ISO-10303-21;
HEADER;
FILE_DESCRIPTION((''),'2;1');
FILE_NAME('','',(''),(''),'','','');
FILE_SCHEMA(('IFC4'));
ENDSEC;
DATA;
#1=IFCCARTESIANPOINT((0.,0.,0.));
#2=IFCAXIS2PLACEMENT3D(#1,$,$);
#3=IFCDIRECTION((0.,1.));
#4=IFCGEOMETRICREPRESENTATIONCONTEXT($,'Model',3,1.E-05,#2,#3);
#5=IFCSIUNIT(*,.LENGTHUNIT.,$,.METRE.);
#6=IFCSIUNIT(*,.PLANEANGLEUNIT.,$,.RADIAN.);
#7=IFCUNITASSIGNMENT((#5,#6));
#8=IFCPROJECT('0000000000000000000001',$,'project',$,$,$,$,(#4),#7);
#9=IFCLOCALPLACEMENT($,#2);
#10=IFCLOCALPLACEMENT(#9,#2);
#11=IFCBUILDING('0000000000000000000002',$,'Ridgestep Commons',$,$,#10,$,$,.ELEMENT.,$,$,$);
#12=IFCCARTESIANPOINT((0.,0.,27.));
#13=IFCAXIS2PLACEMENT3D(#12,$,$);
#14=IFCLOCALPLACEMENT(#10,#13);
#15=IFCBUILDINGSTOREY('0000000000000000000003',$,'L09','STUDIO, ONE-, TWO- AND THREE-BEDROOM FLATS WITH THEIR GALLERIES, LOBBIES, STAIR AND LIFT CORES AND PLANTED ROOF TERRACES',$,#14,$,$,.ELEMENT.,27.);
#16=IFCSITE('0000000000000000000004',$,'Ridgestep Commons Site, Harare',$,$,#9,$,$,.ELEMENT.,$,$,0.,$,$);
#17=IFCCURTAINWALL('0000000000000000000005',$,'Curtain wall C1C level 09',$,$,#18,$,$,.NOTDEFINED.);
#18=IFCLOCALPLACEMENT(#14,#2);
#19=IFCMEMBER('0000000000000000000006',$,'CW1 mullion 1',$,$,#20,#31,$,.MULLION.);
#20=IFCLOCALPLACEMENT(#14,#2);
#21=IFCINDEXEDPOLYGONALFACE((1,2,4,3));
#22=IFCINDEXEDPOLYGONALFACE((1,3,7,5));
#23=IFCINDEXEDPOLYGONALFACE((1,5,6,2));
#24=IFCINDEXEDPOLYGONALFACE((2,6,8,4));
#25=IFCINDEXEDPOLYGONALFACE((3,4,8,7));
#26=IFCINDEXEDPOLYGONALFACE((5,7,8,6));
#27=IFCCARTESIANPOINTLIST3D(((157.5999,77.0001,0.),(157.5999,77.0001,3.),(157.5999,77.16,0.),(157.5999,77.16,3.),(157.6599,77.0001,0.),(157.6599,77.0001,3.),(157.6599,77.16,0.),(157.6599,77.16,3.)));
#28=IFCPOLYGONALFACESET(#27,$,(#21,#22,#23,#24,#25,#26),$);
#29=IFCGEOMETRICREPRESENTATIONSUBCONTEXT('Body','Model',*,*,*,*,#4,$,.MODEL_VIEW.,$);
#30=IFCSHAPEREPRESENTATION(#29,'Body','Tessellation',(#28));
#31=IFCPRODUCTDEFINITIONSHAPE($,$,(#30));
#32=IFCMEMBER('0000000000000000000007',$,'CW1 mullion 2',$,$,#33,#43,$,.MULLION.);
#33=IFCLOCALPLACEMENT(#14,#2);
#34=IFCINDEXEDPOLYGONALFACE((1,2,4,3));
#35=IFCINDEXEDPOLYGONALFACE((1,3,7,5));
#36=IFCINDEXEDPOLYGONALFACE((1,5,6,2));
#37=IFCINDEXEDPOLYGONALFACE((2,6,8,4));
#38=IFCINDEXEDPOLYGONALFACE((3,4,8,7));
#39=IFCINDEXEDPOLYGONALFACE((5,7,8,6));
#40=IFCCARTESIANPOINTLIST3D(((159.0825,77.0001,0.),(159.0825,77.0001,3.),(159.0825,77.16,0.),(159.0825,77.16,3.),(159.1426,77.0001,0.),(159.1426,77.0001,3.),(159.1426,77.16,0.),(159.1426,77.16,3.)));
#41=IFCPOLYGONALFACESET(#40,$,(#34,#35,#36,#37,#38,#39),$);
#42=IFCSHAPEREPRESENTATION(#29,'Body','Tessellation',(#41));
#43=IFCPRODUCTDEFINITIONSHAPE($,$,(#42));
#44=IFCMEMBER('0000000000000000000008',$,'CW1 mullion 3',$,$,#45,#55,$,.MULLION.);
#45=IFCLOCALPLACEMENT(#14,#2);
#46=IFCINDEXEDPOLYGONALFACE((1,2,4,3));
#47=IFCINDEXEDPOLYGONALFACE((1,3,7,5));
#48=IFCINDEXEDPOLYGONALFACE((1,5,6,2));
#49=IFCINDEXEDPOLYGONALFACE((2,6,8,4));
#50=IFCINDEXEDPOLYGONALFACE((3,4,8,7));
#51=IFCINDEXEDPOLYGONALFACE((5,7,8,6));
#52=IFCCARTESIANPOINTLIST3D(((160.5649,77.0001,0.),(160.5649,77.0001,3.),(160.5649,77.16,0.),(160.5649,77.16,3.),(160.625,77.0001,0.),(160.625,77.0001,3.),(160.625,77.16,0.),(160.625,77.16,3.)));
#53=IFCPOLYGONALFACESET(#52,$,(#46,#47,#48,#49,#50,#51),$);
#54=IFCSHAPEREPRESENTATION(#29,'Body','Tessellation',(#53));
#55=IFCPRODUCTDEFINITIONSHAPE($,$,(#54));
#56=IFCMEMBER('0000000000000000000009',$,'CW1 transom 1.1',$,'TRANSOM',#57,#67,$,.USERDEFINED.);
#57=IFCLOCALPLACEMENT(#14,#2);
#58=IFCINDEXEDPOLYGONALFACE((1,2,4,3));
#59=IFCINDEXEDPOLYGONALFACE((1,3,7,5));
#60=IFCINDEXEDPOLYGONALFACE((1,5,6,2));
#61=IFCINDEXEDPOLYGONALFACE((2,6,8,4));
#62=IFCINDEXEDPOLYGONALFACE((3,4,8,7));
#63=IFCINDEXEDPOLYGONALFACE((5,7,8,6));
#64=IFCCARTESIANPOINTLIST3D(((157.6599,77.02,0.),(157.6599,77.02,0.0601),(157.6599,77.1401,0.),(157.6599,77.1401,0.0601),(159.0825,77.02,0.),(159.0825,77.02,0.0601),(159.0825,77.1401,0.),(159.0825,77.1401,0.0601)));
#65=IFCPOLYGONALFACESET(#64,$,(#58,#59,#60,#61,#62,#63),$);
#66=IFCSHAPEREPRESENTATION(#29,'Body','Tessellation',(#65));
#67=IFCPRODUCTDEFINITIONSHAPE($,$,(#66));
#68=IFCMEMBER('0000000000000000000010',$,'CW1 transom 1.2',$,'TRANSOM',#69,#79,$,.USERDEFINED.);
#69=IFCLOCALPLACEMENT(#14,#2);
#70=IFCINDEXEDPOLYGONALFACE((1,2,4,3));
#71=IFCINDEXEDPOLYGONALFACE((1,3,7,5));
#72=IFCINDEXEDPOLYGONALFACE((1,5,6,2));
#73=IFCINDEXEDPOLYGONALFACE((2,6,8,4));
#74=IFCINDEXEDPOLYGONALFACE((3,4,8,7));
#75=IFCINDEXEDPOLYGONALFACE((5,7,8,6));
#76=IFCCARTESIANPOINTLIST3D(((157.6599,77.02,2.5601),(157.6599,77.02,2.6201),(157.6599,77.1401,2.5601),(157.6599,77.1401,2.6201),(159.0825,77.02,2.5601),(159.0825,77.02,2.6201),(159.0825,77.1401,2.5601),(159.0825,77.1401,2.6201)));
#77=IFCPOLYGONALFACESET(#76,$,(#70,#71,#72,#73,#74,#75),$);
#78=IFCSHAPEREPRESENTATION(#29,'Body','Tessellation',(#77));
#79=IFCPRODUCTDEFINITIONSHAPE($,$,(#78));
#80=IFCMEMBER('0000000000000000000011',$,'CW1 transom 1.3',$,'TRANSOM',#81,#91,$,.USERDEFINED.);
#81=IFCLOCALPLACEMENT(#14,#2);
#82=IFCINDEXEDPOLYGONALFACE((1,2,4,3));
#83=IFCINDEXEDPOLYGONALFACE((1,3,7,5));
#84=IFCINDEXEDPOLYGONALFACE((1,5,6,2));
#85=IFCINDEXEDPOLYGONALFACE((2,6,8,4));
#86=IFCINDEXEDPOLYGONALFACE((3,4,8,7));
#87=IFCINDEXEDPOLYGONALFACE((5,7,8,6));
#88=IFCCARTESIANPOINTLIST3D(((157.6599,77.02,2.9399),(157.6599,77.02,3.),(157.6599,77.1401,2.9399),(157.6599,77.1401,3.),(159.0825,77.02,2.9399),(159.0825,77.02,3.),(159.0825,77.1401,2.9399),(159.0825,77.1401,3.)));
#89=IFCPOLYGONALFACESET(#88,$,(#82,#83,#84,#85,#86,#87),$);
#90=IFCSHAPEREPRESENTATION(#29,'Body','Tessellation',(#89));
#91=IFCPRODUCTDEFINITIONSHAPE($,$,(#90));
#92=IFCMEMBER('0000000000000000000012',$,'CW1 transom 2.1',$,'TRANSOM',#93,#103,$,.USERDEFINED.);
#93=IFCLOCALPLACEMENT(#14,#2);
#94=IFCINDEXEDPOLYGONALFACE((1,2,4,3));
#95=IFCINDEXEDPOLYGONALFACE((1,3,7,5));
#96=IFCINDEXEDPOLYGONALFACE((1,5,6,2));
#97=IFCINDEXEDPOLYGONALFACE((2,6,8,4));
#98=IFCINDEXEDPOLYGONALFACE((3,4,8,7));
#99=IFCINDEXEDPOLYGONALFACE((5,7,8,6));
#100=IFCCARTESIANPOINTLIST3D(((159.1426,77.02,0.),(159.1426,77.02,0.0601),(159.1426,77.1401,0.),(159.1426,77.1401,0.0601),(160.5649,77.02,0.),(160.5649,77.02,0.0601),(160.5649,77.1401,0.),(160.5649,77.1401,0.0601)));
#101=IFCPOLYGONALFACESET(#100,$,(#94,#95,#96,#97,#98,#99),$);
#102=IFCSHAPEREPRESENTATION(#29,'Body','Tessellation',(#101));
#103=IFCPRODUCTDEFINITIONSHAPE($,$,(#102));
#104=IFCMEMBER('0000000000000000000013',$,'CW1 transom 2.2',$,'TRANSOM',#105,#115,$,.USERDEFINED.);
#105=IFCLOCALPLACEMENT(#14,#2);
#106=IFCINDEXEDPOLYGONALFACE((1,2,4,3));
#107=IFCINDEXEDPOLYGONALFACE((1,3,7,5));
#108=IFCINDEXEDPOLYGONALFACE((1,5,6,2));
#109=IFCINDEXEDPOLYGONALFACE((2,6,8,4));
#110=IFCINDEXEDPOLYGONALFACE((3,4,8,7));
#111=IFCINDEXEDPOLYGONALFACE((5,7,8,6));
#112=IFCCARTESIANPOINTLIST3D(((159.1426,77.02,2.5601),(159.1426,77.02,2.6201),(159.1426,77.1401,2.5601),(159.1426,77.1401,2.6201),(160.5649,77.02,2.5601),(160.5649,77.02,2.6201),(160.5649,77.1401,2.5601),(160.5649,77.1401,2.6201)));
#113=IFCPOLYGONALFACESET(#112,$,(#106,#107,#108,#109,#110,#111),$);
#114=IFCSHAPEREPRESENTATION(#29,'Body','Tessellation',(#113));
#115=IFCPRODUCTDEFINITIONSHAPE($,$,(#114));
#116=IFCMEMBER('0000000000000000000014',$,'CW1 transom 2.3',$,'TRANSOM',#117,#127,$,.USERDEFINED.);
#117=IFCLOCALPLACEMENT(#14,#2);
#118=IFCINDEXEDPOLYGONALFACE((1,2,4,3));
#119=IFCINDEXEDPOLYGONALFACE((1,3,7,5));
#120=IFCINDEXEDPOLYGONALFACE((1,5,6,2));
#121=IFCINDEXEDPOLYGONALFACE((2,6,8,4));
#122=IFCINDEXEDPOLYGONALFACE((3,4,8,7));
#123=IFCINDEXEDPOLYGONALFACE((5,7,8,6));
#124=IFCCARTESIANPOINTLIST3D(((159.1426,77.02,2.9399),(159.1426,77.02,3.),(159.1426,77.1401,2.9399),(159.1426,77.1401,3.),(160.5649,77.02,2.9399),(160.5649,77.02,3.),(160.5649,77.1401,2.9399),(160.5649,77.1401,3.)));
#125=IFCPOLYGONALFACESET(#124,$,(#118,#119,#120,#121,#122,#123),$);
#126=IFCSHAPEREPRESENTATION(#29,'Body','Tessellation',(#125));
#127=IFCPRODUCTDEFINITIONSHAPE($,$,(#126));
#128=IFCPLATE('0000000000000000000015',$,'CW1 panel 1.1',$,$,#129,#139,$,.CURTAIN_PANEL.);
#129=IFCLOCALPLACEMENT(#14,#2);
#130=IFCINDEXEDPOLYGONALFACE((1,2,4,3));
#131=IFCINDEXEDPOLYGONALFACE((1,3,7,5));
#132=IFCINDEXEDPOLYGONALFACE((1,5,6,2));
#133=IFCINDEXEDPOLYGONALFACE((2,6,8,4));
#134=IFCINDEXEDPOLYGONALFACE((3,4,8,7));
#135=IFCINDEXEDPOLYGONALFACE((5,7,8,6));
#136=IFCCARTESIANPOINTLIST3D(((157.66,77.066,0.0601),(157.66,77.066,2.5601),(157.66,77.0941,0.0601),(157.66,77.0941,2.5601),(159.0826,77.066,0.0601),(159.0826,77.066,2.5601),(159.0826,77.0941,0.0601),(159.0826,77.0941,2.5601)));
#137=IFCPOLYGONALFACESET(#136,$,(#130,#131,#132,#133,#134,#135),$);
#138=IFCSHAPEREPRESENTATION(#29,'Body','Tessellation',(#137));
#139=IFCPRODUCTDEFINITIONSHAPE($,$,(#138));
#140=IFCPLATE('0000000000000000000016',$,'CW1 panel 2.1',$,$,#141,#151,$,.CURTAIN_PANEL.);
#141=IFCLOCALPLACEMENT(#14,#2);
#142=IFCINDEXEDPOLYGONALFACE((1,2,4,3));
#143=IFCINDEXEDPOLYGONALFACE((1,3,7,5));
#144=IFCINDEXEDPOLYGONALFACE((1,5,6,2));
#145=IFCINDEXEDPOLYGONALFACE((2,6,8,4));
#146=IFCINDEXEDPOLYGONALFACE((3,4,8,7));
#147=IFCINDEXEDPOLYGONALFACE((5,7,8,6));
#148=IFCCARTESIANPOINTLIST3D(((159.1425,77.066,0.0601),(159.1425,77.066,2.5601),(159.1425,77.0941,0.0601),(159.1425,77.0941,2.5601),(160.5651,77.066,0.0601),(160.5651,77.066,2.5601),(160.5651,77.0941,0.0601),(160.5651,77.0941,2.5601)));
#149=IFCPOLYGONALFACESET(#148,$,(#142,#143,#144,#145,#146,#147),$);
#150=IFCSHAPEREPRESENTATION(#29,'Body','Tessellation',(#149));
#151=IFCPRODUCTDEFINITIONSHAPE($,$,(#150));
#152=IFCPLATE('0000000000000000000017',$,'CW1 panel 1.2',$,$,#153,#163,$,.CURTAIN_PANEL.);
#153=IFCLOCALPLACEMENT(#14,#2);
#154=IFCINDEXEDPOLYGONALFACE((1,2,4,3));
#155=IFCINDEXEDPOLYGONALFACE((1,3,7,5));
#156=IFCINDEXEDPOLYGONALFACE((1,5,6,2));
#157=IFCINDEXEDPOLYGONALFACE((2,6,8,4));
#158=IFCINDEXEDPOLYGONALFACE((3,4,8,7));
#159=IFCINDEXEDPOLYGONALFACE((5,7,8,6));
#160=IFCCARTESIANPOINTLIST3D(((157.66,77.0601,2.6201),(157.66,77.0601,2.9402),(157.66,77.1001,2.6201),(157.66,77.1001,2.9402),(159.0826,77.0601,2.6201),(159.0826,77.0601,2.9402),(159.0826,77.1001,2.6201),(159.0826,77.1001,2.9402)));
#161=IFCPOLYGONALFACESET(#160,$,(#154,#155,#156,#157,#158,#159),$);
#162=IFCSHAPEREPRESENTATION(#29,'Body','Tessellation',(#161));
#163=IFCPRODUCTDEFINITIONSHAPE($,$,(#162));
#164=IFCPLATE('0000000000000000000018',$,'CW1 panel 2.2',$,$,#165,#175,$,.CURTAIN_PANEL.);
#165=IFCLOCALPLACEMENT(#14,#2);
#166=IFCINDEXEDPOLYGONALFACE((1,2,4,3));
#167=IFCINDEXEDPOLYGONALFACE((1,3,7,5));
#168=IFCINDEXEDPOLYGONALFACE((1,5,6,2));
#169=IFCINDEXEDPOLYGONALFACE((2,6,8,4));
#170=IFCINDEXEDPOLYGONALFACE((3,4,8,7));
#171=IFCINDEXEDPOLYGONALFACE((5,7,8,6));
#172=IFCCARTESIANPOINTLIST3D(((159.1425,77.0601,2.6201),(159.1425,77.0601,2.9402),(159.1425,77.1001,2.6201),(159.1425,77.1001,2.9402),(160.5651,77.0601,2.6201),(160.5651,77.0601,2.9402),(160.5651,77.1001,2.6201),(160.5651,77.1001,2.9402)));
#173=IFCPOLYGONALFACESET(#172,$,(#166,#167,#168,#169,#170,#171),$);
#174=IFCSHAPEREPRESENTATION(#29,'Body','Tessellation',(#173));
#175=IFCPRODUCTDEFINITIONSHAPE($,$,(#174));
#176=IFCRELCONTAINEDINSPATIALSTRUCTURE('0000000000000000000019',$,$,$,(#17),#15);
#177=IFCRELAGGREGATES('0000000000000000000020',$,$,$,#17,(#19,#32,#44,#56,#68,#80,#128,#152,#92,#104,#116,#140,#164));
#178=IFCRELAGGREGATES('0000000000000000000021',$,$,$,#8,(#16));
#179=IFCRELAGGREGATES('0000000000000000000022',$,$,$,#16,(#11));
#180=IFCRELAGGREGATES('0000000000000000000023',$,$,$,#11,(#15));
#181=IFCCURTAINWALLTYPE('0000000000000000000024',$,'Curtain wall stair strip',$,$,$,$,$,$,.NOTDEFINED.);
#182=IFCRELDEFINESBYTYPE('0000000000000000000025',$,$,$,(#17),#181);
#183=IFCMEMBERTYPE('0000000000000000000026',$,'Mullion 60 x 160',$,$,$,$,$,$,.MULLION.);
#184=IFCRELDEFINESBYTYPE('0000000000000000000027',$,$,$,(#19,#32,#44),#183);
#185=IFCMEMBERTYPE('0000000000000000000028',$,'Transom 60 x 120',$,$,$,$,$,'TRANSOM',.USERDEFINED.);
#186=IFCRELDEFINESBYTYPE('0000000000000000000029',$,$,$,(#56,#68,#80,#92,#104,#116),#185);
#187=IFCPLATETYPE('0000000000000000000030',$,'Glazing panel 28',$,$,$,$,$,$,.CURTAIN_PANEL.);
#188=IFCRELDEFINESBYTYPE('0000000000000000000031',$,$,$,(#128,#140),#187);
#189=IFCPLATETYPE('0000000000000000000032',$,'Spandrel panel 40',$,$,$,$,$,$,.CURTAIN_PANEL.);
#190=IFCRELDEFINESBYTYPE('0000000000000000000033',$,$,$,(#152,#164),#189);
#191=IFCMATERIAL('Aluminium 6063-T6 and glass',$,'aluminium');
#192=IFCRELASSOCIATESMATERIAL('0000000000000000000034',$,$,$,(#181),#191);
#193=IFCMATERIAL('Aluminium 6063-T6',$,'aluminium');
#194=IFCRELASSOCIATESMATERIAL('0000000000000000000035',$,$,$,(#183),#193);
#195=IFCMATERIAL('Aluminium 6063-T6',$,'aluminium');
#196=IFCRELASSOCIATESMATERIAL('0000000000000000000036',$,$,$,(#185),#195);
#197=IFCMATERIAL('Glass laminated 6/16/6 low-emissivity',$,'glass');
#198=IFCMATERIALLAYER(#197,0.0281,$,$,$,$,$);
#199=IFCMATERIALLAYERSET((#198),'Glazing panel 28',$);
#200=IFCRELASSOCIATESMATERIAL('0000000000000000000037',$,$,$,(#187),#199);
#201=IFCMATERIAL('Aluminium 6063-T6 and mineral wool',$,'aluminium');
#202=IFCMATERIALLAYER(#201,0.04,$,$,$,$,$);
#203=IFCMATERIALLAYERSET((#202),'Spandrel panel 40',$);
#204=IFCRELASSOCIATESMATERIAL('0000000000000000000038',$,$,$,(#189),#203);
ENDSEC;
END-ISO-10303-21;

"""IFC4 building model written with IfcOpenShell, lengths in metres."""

from ifc_helpers import new_model, si_unit, direction, frame, origin, origin_2d, place, context, subcontext, project, spatial, rectangle, extrude, material, layer, layer_set, material_profile, profile_set, type_object, element, aggregate, save


model = new_model("IFC4")

# Units and contexts
model_context = context("Model", 3, precision=1e-05, world=origin(), true_north=direction((0.0, 1.0)))
body_context = subcontext(model_context, "Body", "Model", "MODEL_VIEW")
ifc_project = project(units=[si_unit("LENGTHUNIT", "METRE"), si_unit("PLANEANGLEUNIT", "RADIAN")], contexts=[model_context])

# Site, building, storey
site_placement = place(None, origin())
site = spatial("IfcSite", under=ifc_project, at=site_placement, Name="Ridgestep Commons Site, Harare", CompositionType="ELEMENT", RefElevation=0.0)
building_placement = place(site_placement, origin())
building = spatial("IfcBuilding", under=site, at=building_placement, Name="Ridgestep Commons", CompositionType="ELEMENT")
storey_placement = place(building_placement, frame((0.0, 0.0, 27.0)))
storey = spatial("IfcBuildingStorey", under=building, at=storey_placement, Name="L09", Description="STUDIO, ONE-, TWO- AND THREE-BEDROOM FLATS WITH THEIR GALLERIES, LOBBIES, STAIR AND LIFT CORES AND PLANTED ROOF TERRACES", CompositionType="ELEMENT", Elevation=27.0)

# Curtain wall, members, plates
ifc_material_1 = material(Name="Aluminium 6063-T6 and glass", Category="aluminium")
curtain_wall_type = type_object("IfcCurtainWallType", Name="Curtain wall stair strip", PredefinedType="NOTDEFINED", material=ifc_material_1)
curtain_wall_placement = place(storey_placement, origin())
curtain_wall = element("IfcCurtainWall", 1, at=curtain_wall_placement, inside=storey, type_object=curtain_wall_type, Name="Curtain wall C1C level 09", PredefinedType="NOTDEFINED")
ifc_material_2 = material(Name="Aluminium 6063-T6", Category="aluminium")
ifc_material_profile_1 = material_profile(ifc_material_2, rectangle(XDim=0.1599, YDim=0.0601, at=origin_2d()), Name="Mullion 60 x 160")
ifc_profile_set_1 = profile_set([ifc_material_profile_1], Name="Aluminium 6063-T6")
member_type_1 = type_object("IfcMemberType", Name="Mullion 60 x 160", PredefinedType="MULLION", material=ifc_profile_set_1)
member_1_placement = place(storey_placement, frame((157.6299, 77.0801, 0.0), z_axis=(0.0, 0.0, 1.0), x_axis=(0.0, 1.0, 0.0)))
member_1 = element("IfcMember", 2, at=member_1_placement, type_object=member_type_1, Name="CW1 mullion 1", PredefinedType="MULLION", context=body_context, shape_type="SweptSolid", body=[
    extrude(rectangle(XDim=0.1599, YDim=0.0601, at=origin_2d()), origin(), (0.0, 0.0, 1.0), 3.0),
])
member_2_placement = place(storey_placement, frame((159.1125, 77.0801, 0.0), z_axis=(0.0, 0.0, 1.0), x_axis=(0.0, 1.0, 0.0)))
member_2 = element("IfcMember", 3, at=member_2_placement, type_object=member_type_1, Name="CW1 mullion 2", PredefinedType="MULLION", context=body_context, shape_type="SweptSolid", body=[
    extrude(rectangle(XDim=0.1599, YDim=0.0601, at=origin_2d()), origin(), (0.0, 0.0, 1.0), 3.0),
])
member_3_placement = place(storey_placement, frame((160.595, 77.0801, 0.0), z_axis=(0.0, 0.0, 1.0), x_axis=(0.0, 1.0, 0.0)))
member_3 = element("IfcMember", 4, at=member_3_placement, type_object=member_type_1, Name="CW1 mullion 3", PredefinedType="MULLION", context=body_context, shape_type="SweptSolid", body=[
    extrude(rectangle(XDim=0.1599, YDim=0.0601, at=origin_2d()), origin(), (0.0, 0.0, 1.0), 3.0),
])
ifc_material_3 = material(Name="Aluminium 6063-T6", Category="aluminium")
ifc_material_profile_2 = material_profile(ifc_material_3, rectangle(XDim=0.1201, YDim=0.0601, at=origin_2d()), Name="Transom 60 x 120")
ifc_profile_set_2 = profile_set([ifc_material_profile_2], Name="Aluminium 6063-T6")
member_type_2 = type_object("IfcMemberType", Name="Transom 60 x 120", ElementType="TRANSOM", PredefinedType="USERDEFINED", material=ifc_profile_set_2)
member_4_placement = place(storey_placement, frame((157.6599, 77.0801, 0.03), z_axis=(1.0, 0.0, 0.0), x_axis=(0.0, 1.0, 0.0)))
member_4 = element("IfcMember", 5, at=member_4_placement, type_object=member_type_2, Name="CW1 transom 1.1", ObjectType="TRANSOM", PredefinedType="USERDEFINED", context=body_context, shape_type="SweptSolid", body=[
    extrude(rectangle(XDim=0.1201, YDim=0.0601, at=origin_2d()), origin(), (0.0, 0.0, 1.0), 1.4226),
])
member_5_placement = place(storey_placement, frame((157.6599, 77.0801, 2.5901), z_axis=(1.0, 0.0, 0.0), x_axis=(0.0, 1.0, 0.0)))
member_5 = element("IfcMember", 6, at=member_5_placement, type_object=member_type_2, Name="CW1 transom 1.2", ObjectType="TRANSOM", PredefinedType="USERDEFINED", context=body_context, shape_type="SweptSolid", body=[
    extrude(rectangle(XDim=0.1201, YDim=0.0601, at=origin_2d()), origin(), (0.0, 0.0, 1.0), 1.4226),
])
member_6_placement = place(storey_placement, frame((157.6599, 77.0801, 2.97), z_axis=(1.0, 0.0, 0.0), x_axis=(0.0, 1.0, 0.0)))
member_6 = element("IfcMember", 7, at=member_6_placement, type_object=member_type_2, Name="CW1 transom 1.3", ObjectType="TRANSOM", PredefinedType="USERDEFINED", context=body_context, shape_type="SweptSolid", body=[
    extrude(rectangle(XDim=0.1201, YDim=0.0601, at=origin_2d()), origin(), (0.0, 0.0, 1.0), 1.4226),
])
member_7_placement = place(storey_placement, frame((159.1426, 77.0801, 0.03), z_axis=(1.0, 0.0, 0.0), x_axis=(0.0, 1.0, 0.0)))
member_7 = element("IfcMember", 8, at=member_7_placement, type_object=member_type_2, Name="CW1 transom 2.1", ObjectType="TRANSOM", PredefinedType="USERDEFINED", context=body_context, shape_type="SweptSolid", body=[
    extrude(rectangle(XDim=0.1201, YDim=0.0601, at=origin_2d()), origin(), (0.0, 0.0, 1.0), 1.4224),
])
member_8_placement = place(storey_placement, frame((159.1426, 77.0801, 2.5901), z_axis=(1.0, 0.0, 0.0), x_axis=(0.0, 1.0, 0.0)))
member_8 = element("IfcMember", 9, at=member_8_placement, type_object=member_type_2, Name="CW1 transom 2.2", ObjectType="TRANSOM", PredefinedType="USERDEFINED", context=body_context, shape_type="SweptSolid", body=[
    extrude(rectangle(XDim=0.1201, YDim=0.0601, at=origin_2d()), origin(), (0.0, 0.0, 1.0), 1.4224),
])
member_9_placement = place(storey_placement, frame((159.1426, 77.0801, 2.97), z_axis=(1.0, 0.0, 0.0), x_axis=(0.0, 1.0, 0.0)))
member_9 = element("IfcMember", 10, at=member_9_placement, type_object=member_type_2, Name="CW1 transom 2.3", ObjectType="TRANSOM", PredefinedType="USERDEFINED", context=body_context, shape_type="SweptSolid", body=[
    extrude(rectangle(XDim=0.1201, YDim=0.0601, at=origin_2d()), origin(), (0.0, 0.0, 1.0), 1.4224),
])
ifc_material_4 = material(Name="Glass laminated 6/16/6 low-emissivity", Category="glass")
ifc_layer_1 = layer(ifc_material_4, 0.0281)
ifc_layer_set_1 = layer_set([ifc_layer_1], Name="Glazing panel 28")
plate_type_1 = type_object("IfcPlateType", Name="Glazing panel 28", PredefinedType="CURTAIN_PANEL", material=ifc_layer_set_1)
plate_1_placement = place(storey_placement, frame((158.3713, 77.0801, 0.0601), z_axis=(0.0, 0.0, 1.0), x_axis=(1.0, 0.0, 0.0)))
plate_1 = element("IfcPlate", 11, at=plate_1_placement, type_object=plate_type_1, Name="CW1 panel 1.1", PredefinedType="CURTAIN_PANEL", context=body_context, shape_type="SweptSolid", body=[
    extrude(rectangle(XDim=1.4226, YDim=0.0281, at=origin_2d()), origin(), (0.0, 0.0, 1.0), 2.5),
])
plate_2_placement = place(storey_placement, frame((159.8538, 77.0801, 0.0601), z_axis=(0.0, 0.0, 1.0), x_axis=(1.0, 0.0, 0.0)))
plate_2 = element("IfcPlate", 12, at=plate_2_placement, type_object=plate_type_1, Name="CW1 panel 2.1", PredefinedType="CURTAIN_PANEL", context=body_context, shape_type="SweptSolid", body=[
    extrude(rectangle(XDim=1.4226, YDim=0.0281, at=origin_2d()), origin(), (0.0, 0.0, 1.0), 2.5),
])
ifc_material_5 = material(Name="Aluminium 6063-T6 and mineral wool", Category="aluminium")
ifc_layer_2 = layer(ifc_material_5, 0.04)
ifc_layer_set_2 = layer_set([ifc_layer_2], Name="Spandrel panel 40")
plate_type_2 = type_object("IfcPlateType", Name="Spandrel panel 40", PredefinedType="CURTAIN_PANEL", material=ifc_layer_set_2)
plate_3_placement = place(storey_placement, frame((158.3713, 77.0801, 2.6201), z_axis=(0.0, 0.0, 1.0), x_axis=(1.0, 0.0, 0.0)))
plate_3 = element("IfcPlate", 13, at=plate_3_placement, type_object=plate_type_2, Name="CW1 panel 1.2", PredefinedType="CURTAIN_PANEL", context=body_context, shape_type="SweptSolid", body=[
    extrude(rectangle(XDim=1.4226, YDim=0.04, at=origin_2d()), origin(), (0.0, 0.0, 1.0), 0.3201),
])
plate_4_placement = place(storey_placement, frame((159.8538, 77.0801, 2.6201), z_axis=(0.0, 0.0, 1.0), x_axis=(1.0, 0.0, 0.0)))
plate_4 = element("IfcPlate", 14, at=plate_4_placement, type_object=plate_type_2, Name="CW1 panel 2.2", PredefinedType="CURTAIN_PANEL", context=body_context, shape_type="SweptSolid", body=[
    extrude(rectangle(XDim=1.4226, YDim=0.04, at=origin_2d()), origin(), (0.0, 0.0, 1.0), 0.3201),
])
aggregate(curtain_wall, [member_1, member_2, member_3, member_4, member_5, member_6, plate_1, plate_3, member_7, member_8, member_9, plate_2, plate_4])

save(model, "model.ifc")
